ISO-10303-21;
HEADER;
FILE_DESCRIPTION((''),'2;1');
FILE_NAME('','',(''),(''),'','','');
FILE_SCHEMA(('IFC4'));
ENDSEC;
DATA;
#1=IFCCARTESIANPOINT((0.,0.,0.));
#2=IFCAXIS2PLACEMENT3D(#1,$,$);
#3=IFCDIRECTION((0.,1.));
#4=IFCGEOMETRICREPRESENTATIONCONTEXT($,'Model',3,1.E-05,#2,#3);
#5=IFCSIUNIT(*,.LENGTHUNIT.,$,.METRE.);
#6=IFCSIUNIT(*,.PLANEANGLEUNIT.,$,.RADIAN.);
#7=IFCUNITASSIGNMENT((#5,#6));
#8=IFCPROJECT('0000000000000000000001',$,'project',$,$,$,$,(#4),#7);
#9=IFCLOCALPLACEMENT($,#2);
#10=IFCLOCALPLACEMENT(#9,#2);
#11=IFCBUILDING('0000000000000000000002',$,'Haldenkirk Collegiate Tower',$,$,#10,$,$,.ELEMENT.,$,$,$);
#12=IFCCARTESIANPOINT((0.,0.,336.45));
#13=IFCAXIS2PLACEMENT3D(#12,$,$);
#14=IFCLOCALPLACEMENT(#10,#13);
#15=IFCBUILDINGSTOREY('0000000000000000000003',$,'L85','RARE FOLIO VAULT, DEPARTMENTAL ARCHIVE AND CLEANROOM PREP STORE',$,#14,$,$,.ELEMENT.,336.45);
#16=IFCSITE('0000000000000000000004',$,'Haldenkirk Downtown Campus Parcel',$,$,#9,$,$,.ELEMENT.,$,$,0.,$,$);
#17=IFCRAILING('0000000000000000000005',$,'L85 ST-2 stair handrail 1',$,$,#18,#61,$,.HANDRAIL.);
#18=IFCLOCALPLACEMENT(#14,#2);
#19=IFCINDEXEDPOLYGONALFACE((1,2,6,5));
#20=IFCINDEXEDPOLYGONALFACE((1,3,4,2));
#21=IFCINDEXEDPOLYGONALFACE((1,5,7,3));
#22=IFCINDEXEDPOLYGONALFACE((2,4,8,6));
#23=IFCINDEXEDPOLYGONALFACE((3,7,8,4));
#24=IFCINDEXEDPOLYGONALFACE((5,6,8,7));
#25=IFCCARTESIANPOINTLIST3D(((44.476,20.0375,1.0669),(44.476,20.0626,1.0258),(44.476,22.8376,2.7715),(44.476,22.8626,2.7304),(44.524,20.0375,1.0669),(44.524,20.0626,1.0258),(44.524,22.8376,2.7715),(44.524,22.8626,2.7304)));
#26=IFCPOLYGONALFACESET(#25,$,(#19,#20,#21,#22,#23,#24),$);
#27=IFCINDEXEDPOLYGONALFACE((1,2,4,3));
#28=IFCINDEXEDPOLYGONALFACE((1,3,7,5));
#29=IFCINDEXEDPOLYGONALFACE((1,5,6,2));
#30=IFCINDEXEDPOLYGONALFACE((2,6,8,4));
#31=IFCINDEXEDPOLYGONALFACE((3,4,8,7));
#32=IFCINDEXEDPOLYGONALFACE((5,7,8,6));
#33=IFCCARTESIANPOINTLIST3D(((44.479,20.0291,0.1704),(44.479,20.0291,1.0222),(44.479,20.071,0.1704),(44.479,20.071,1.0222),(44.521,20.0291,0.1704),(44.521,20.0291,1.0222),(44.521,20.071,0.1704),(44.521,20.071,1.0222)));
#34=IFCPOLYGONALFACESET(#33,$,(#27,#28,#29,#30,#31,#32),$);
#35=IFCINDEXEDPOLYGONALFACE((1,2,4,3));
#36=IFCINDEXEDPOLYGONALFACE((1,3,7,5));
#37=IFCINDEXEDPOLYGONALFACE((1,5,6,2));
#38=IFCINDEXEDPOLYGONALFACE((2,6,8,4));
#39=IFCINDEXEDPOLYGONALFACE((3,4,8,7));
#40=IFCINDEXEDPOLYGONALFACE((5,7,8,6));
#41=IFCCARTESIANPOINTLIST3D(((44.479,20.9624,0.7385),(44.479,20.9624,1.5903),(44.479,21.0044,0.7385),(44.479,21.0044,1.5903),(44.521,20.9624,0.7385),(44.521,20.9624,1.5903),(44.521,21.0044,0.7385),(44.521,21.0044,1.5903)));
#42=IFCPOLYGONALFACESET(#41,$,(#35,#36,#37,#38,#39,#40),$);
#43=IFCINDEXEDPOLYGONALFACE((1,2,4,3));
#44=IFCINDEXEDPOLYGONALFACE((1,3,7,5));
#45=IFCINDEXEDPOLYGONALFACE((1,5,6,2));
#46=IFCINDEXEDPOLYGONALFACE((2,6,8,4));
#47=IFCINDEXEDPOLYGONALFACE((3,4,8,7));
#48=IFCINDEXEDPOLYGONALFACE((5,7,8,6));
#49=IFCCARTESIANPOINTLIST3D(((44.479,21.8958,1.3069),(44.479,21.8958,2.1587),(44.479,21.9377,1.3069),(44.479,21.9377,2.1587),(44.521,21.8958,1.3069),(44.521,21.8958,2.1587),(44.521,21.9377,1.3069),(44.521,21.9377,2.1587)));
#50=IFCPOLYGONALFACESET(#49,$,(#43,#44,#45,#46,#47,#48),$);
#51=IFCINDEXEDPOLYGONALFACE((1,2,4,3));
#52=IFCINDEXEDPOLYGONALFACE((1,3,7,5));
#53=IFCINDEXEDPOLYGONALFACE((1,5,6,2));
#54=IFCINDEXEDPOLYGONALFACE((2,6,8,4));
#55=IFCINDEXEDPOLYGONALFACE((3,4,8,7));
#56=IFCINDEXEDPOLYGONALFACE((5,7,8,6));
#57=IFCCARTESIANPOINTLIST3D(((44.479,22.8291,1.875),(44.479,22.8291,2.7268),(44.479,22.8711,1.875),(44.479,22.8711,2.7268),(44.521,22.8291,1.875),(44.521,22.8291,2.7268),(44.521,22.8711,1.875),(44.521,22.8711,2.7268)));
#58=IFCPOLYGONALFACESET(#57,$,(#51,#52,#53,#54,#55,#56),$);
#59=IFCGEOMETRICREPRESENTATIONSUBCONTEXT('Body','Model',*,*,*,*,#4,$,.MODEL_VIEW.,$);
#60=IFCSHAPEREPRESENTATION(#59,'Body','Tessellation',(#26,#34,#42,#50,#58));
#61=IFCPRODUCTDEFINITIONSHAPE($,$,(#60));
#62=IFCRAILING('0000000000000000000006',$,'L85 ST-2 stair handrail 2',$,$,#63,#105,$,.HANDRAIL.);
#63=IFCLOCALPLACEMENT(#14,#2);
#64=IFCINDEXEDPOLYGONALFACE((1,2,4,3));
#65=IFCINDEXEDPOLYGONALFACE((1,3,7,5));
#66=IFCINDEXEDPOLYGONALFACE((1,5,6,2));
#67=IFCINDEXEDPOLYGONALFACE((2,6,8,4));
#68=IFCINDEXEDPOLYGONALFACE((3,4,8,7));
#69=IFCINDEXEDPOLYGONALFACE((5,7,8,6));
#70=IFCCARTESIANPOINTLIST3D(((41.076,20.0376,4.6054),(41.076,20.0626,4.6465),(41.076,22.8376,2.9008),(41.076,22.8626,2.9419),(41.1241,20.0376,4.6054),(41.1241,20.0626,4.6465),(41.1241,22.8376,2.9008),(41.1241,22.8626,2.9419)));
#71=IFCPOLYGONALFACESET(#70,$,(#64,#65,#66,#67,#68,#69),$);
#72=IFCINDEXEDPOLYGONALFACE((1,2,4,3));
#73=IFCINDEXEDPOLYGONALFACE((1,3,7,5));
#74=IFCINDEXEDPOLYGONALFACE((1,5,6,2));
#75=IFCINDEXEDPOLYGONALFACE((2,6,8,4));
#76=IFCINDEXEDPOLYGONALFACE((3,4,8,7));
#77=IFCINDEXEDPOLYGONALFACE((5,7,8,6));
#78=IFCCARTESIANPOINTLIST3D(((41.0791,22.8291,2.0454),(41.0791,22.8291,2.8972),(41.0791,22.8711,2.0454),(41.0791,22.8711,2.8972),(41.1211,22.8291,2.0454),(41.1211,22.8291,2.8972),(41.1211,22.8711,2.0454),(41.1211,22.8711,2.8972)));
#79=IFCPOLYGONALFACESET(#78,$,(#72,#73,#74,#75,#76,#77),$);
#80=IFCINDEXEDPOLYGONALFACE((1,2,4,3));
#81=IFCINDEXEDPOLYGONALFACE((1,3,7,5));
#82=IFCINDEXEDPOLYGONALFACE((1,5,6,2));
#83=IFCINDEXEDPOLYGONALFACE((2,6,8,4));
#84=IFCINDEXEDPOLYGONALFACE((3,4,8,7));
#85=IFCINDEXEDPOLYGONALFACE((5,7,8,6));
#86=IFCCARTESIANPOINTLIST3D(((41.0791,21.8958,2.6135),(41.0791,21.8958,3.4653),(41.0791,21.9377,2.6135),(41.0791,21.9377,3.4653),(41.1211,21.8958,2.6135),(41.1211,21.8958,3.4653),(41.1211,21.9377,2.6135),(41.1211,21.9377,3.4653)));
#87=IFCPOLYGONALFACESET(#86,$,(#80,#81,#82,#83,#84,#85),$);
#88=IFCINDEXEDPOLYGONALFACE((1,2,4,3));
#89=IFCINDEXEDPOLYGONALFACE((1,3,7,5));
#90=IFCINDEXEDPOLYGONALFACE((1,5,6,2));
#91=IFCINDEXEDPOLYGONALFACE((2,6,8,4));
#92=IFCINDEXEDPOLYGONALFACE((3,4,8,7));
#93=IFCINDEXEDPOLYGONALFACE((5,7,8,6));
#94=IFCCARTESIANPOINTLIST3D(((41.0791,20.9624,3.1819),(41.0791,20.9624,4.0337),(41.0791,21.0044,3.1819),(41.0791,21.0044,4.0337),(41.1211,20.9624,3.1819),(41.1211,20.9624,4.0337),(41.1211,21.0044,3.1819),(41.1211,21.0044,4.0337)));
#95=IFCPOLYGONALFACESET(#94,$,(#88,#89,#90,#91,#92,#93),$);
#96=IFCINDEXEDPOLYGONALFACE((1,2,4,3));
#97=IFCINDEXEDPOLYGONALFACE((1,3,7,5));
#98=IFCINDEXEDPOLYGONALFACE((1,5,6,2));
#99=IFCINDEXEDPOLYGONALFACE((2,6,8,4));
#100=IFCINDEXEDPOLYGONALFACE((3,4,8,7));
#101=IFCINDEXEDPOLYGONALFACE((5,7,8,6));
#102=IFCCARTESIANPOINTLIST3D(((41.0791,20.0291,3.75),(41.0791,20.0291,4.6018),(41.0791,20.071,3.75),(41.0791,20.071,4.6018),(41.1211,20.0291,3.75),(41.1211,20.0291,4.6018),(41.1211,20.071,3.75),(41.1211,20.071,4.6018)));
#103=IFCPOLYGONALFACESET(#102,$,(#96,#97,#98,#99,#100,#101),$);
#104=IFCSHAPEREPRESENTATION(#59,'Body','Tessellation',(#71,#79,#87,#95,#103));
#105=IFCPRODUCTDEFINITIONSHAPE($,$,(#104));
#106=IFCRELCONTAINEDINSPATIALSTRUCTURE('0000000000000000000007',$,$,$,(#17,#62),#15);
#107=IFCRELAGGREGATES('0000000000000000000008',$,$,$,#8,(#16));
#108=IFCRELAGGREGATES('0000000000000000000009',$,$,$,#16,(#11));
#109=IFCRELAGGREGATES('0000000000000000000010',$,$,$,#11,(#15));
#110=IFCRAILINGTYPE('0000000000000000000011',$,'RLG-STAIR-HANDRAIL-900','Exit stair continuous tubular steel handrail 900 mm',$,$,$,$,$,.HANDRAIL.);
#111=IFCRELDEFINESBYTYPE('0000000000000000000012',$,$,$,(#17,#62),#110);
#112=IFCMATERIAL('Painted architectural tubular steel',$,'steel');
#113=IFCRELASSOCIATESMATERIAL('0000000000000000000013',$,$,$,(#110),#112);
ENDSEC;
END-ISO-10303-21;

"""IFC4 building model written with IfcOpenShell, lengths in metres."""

from ifc_helpers import new_model, si_unit, direction, frame, origin, origin_2d, place, context, subcontext, project, spatial, rectangle, extrude, material, type_object, element, save


model = new_model("IFC4")

# Units and contexts
model_context = context("Model", 3, precision=1e-05, world=origin(), true_north=direction((0.0, 1.0)))
body_context = subcontext(model_context, "Body", "Model", "MODEL_VIEW")
ifc_project = project(units=[si_unit("LENGTHUNIT", "METRE"), si_unit("PLANEANGLEUNIT", "RADIAN")], contexts=[model_context])

# Site, building, storey
site_placement = place(None, origin())
site = spatial("IfcSite", under=ifc_project, at=site_placement, Name="Haldenkirk Downtown Campus Parcel", CompositionType="ELEMENT", RefElevation=0.0)
building_placement = place(site_placement, origin())
building = spatial("IfcBuilding", under=site, at=building_placement, Name="Haldenkirk Collegiate Tower", CompositionType="ELEMENT")
storey_placement = place(building_placement, frame((0.0, 0.0, 336.45)))
storey = spatial("IfcBuildingStorey", under=building, at=storey_placement, Name="L85", Description="RARE FOLIO VAULT, DEPARTMENTAL ARCHIVE AND CLEANROOM PREP STORE", CompositionType="ELEMENT", Elevation=336.45)

# Railings
ifc_material_1 = material(Name="Painted architectural tubular steel", Category="steel")
railing_type_1 = type_object("IfcRailingType", Name="RLG-STAIR-HANDRAIL-900", Description="Exit stair continuous tubular steel handrail 900 mm", PredefinedType="HANDRAIL", material=ifc_material_1)
railing_1_placement = place(storey_placement, frame((44.5, 20.05, 0.1704)))
element("IfcRailing", 1, at=railing_1_placement, inside=storey, type_object=railing_type_1, Name="L85 ST-2 stair handrail 1", PredefinedType="HANDRAIL", context=body_context, shape_type="SweptSolid", body=[
    extrude(rectangle(XDim=0.0481, YDim=0.0481, at=origin_2d()), frame((0.0, 0.0, 0.876), z_axis=(0.0, 0.85417, 0.519994), x_axis=(-1.0, 0.0, 0.0)), (0.0, 0.0, 1.0), 3.2781),
    extrude(rectangle(XDim=0.042, YDim=0.042, at=origin_2d()), origin(), (0.0, 0.0, 1.0), 0.8518),
    extrude(rectangle(XDim=0.042, YDim=0.042, at=origin_2d()), frame((0.0, 0.9333, 0.5681)), (0.0, 0.0, 1.0), 0.8518),
    extrude(rectangle(XDim=0.042, YDim=0.042, at=origin_2d()), frame((0.0, 1.8667, 1.1365)), (0.0, 0.0, 1.0), 0.8518),
    extrude(rectangle(XDim=0.042, YDim=0.042, at=origin_2d()), frame((0.0, 2.8, 1.7046)), (0.0, 0.0, 1.0), 0.8518),
])
railing_2_placement = place(storey_placement, frame((41.1001, 22.8501, 2.0454)))
element("IfcRailing", 2, at=railing_2_placement, inside=storey, type_object=railing_type_1, Name="L85 ST-2 stair handrail 2", PredefinedType="HANDRAIL", context=body_context, shape_type="SweptSolid", body=[
    extrude(rectangle(XDim=0.0481, YDim=0.0481, at=origin_2d()), frame((0.0, 0.0, 0.876), z_axis=(0.0, -0.85417, 0.519994), x_axis=(1.0, 0.0, 0.0)), (0.0, 0.0, 1.0), 3.2781),
    extrude(rectangle(XDim=0.042, YDim=0.042, at=origin_2d()), origin(), (0.0, 0.0, 1.0), 0.8518),
    extrude(rectangle(XDim=0.042, YDim=0.042, at=origin_2d()), frame((0.0, -0.9333, 0.5681)), (0.0, 0.0, 1.0), 0.8518),
    extrude(rectangle(XDim=0.042, YDim=0.042, at=origin_2d()), frame((0.0, -1.8667, 1.1365)), (0.0, 0.0, 1.0), 0.8518),
    extrude(rectangle(XDim=0.042, YDim=0.042, at=origin_2d()), frame((0.0, -2.8, 1.7046)), (0.0, 0.0, 1.0), 0.8518),
])

save(model, "model.ifc")
